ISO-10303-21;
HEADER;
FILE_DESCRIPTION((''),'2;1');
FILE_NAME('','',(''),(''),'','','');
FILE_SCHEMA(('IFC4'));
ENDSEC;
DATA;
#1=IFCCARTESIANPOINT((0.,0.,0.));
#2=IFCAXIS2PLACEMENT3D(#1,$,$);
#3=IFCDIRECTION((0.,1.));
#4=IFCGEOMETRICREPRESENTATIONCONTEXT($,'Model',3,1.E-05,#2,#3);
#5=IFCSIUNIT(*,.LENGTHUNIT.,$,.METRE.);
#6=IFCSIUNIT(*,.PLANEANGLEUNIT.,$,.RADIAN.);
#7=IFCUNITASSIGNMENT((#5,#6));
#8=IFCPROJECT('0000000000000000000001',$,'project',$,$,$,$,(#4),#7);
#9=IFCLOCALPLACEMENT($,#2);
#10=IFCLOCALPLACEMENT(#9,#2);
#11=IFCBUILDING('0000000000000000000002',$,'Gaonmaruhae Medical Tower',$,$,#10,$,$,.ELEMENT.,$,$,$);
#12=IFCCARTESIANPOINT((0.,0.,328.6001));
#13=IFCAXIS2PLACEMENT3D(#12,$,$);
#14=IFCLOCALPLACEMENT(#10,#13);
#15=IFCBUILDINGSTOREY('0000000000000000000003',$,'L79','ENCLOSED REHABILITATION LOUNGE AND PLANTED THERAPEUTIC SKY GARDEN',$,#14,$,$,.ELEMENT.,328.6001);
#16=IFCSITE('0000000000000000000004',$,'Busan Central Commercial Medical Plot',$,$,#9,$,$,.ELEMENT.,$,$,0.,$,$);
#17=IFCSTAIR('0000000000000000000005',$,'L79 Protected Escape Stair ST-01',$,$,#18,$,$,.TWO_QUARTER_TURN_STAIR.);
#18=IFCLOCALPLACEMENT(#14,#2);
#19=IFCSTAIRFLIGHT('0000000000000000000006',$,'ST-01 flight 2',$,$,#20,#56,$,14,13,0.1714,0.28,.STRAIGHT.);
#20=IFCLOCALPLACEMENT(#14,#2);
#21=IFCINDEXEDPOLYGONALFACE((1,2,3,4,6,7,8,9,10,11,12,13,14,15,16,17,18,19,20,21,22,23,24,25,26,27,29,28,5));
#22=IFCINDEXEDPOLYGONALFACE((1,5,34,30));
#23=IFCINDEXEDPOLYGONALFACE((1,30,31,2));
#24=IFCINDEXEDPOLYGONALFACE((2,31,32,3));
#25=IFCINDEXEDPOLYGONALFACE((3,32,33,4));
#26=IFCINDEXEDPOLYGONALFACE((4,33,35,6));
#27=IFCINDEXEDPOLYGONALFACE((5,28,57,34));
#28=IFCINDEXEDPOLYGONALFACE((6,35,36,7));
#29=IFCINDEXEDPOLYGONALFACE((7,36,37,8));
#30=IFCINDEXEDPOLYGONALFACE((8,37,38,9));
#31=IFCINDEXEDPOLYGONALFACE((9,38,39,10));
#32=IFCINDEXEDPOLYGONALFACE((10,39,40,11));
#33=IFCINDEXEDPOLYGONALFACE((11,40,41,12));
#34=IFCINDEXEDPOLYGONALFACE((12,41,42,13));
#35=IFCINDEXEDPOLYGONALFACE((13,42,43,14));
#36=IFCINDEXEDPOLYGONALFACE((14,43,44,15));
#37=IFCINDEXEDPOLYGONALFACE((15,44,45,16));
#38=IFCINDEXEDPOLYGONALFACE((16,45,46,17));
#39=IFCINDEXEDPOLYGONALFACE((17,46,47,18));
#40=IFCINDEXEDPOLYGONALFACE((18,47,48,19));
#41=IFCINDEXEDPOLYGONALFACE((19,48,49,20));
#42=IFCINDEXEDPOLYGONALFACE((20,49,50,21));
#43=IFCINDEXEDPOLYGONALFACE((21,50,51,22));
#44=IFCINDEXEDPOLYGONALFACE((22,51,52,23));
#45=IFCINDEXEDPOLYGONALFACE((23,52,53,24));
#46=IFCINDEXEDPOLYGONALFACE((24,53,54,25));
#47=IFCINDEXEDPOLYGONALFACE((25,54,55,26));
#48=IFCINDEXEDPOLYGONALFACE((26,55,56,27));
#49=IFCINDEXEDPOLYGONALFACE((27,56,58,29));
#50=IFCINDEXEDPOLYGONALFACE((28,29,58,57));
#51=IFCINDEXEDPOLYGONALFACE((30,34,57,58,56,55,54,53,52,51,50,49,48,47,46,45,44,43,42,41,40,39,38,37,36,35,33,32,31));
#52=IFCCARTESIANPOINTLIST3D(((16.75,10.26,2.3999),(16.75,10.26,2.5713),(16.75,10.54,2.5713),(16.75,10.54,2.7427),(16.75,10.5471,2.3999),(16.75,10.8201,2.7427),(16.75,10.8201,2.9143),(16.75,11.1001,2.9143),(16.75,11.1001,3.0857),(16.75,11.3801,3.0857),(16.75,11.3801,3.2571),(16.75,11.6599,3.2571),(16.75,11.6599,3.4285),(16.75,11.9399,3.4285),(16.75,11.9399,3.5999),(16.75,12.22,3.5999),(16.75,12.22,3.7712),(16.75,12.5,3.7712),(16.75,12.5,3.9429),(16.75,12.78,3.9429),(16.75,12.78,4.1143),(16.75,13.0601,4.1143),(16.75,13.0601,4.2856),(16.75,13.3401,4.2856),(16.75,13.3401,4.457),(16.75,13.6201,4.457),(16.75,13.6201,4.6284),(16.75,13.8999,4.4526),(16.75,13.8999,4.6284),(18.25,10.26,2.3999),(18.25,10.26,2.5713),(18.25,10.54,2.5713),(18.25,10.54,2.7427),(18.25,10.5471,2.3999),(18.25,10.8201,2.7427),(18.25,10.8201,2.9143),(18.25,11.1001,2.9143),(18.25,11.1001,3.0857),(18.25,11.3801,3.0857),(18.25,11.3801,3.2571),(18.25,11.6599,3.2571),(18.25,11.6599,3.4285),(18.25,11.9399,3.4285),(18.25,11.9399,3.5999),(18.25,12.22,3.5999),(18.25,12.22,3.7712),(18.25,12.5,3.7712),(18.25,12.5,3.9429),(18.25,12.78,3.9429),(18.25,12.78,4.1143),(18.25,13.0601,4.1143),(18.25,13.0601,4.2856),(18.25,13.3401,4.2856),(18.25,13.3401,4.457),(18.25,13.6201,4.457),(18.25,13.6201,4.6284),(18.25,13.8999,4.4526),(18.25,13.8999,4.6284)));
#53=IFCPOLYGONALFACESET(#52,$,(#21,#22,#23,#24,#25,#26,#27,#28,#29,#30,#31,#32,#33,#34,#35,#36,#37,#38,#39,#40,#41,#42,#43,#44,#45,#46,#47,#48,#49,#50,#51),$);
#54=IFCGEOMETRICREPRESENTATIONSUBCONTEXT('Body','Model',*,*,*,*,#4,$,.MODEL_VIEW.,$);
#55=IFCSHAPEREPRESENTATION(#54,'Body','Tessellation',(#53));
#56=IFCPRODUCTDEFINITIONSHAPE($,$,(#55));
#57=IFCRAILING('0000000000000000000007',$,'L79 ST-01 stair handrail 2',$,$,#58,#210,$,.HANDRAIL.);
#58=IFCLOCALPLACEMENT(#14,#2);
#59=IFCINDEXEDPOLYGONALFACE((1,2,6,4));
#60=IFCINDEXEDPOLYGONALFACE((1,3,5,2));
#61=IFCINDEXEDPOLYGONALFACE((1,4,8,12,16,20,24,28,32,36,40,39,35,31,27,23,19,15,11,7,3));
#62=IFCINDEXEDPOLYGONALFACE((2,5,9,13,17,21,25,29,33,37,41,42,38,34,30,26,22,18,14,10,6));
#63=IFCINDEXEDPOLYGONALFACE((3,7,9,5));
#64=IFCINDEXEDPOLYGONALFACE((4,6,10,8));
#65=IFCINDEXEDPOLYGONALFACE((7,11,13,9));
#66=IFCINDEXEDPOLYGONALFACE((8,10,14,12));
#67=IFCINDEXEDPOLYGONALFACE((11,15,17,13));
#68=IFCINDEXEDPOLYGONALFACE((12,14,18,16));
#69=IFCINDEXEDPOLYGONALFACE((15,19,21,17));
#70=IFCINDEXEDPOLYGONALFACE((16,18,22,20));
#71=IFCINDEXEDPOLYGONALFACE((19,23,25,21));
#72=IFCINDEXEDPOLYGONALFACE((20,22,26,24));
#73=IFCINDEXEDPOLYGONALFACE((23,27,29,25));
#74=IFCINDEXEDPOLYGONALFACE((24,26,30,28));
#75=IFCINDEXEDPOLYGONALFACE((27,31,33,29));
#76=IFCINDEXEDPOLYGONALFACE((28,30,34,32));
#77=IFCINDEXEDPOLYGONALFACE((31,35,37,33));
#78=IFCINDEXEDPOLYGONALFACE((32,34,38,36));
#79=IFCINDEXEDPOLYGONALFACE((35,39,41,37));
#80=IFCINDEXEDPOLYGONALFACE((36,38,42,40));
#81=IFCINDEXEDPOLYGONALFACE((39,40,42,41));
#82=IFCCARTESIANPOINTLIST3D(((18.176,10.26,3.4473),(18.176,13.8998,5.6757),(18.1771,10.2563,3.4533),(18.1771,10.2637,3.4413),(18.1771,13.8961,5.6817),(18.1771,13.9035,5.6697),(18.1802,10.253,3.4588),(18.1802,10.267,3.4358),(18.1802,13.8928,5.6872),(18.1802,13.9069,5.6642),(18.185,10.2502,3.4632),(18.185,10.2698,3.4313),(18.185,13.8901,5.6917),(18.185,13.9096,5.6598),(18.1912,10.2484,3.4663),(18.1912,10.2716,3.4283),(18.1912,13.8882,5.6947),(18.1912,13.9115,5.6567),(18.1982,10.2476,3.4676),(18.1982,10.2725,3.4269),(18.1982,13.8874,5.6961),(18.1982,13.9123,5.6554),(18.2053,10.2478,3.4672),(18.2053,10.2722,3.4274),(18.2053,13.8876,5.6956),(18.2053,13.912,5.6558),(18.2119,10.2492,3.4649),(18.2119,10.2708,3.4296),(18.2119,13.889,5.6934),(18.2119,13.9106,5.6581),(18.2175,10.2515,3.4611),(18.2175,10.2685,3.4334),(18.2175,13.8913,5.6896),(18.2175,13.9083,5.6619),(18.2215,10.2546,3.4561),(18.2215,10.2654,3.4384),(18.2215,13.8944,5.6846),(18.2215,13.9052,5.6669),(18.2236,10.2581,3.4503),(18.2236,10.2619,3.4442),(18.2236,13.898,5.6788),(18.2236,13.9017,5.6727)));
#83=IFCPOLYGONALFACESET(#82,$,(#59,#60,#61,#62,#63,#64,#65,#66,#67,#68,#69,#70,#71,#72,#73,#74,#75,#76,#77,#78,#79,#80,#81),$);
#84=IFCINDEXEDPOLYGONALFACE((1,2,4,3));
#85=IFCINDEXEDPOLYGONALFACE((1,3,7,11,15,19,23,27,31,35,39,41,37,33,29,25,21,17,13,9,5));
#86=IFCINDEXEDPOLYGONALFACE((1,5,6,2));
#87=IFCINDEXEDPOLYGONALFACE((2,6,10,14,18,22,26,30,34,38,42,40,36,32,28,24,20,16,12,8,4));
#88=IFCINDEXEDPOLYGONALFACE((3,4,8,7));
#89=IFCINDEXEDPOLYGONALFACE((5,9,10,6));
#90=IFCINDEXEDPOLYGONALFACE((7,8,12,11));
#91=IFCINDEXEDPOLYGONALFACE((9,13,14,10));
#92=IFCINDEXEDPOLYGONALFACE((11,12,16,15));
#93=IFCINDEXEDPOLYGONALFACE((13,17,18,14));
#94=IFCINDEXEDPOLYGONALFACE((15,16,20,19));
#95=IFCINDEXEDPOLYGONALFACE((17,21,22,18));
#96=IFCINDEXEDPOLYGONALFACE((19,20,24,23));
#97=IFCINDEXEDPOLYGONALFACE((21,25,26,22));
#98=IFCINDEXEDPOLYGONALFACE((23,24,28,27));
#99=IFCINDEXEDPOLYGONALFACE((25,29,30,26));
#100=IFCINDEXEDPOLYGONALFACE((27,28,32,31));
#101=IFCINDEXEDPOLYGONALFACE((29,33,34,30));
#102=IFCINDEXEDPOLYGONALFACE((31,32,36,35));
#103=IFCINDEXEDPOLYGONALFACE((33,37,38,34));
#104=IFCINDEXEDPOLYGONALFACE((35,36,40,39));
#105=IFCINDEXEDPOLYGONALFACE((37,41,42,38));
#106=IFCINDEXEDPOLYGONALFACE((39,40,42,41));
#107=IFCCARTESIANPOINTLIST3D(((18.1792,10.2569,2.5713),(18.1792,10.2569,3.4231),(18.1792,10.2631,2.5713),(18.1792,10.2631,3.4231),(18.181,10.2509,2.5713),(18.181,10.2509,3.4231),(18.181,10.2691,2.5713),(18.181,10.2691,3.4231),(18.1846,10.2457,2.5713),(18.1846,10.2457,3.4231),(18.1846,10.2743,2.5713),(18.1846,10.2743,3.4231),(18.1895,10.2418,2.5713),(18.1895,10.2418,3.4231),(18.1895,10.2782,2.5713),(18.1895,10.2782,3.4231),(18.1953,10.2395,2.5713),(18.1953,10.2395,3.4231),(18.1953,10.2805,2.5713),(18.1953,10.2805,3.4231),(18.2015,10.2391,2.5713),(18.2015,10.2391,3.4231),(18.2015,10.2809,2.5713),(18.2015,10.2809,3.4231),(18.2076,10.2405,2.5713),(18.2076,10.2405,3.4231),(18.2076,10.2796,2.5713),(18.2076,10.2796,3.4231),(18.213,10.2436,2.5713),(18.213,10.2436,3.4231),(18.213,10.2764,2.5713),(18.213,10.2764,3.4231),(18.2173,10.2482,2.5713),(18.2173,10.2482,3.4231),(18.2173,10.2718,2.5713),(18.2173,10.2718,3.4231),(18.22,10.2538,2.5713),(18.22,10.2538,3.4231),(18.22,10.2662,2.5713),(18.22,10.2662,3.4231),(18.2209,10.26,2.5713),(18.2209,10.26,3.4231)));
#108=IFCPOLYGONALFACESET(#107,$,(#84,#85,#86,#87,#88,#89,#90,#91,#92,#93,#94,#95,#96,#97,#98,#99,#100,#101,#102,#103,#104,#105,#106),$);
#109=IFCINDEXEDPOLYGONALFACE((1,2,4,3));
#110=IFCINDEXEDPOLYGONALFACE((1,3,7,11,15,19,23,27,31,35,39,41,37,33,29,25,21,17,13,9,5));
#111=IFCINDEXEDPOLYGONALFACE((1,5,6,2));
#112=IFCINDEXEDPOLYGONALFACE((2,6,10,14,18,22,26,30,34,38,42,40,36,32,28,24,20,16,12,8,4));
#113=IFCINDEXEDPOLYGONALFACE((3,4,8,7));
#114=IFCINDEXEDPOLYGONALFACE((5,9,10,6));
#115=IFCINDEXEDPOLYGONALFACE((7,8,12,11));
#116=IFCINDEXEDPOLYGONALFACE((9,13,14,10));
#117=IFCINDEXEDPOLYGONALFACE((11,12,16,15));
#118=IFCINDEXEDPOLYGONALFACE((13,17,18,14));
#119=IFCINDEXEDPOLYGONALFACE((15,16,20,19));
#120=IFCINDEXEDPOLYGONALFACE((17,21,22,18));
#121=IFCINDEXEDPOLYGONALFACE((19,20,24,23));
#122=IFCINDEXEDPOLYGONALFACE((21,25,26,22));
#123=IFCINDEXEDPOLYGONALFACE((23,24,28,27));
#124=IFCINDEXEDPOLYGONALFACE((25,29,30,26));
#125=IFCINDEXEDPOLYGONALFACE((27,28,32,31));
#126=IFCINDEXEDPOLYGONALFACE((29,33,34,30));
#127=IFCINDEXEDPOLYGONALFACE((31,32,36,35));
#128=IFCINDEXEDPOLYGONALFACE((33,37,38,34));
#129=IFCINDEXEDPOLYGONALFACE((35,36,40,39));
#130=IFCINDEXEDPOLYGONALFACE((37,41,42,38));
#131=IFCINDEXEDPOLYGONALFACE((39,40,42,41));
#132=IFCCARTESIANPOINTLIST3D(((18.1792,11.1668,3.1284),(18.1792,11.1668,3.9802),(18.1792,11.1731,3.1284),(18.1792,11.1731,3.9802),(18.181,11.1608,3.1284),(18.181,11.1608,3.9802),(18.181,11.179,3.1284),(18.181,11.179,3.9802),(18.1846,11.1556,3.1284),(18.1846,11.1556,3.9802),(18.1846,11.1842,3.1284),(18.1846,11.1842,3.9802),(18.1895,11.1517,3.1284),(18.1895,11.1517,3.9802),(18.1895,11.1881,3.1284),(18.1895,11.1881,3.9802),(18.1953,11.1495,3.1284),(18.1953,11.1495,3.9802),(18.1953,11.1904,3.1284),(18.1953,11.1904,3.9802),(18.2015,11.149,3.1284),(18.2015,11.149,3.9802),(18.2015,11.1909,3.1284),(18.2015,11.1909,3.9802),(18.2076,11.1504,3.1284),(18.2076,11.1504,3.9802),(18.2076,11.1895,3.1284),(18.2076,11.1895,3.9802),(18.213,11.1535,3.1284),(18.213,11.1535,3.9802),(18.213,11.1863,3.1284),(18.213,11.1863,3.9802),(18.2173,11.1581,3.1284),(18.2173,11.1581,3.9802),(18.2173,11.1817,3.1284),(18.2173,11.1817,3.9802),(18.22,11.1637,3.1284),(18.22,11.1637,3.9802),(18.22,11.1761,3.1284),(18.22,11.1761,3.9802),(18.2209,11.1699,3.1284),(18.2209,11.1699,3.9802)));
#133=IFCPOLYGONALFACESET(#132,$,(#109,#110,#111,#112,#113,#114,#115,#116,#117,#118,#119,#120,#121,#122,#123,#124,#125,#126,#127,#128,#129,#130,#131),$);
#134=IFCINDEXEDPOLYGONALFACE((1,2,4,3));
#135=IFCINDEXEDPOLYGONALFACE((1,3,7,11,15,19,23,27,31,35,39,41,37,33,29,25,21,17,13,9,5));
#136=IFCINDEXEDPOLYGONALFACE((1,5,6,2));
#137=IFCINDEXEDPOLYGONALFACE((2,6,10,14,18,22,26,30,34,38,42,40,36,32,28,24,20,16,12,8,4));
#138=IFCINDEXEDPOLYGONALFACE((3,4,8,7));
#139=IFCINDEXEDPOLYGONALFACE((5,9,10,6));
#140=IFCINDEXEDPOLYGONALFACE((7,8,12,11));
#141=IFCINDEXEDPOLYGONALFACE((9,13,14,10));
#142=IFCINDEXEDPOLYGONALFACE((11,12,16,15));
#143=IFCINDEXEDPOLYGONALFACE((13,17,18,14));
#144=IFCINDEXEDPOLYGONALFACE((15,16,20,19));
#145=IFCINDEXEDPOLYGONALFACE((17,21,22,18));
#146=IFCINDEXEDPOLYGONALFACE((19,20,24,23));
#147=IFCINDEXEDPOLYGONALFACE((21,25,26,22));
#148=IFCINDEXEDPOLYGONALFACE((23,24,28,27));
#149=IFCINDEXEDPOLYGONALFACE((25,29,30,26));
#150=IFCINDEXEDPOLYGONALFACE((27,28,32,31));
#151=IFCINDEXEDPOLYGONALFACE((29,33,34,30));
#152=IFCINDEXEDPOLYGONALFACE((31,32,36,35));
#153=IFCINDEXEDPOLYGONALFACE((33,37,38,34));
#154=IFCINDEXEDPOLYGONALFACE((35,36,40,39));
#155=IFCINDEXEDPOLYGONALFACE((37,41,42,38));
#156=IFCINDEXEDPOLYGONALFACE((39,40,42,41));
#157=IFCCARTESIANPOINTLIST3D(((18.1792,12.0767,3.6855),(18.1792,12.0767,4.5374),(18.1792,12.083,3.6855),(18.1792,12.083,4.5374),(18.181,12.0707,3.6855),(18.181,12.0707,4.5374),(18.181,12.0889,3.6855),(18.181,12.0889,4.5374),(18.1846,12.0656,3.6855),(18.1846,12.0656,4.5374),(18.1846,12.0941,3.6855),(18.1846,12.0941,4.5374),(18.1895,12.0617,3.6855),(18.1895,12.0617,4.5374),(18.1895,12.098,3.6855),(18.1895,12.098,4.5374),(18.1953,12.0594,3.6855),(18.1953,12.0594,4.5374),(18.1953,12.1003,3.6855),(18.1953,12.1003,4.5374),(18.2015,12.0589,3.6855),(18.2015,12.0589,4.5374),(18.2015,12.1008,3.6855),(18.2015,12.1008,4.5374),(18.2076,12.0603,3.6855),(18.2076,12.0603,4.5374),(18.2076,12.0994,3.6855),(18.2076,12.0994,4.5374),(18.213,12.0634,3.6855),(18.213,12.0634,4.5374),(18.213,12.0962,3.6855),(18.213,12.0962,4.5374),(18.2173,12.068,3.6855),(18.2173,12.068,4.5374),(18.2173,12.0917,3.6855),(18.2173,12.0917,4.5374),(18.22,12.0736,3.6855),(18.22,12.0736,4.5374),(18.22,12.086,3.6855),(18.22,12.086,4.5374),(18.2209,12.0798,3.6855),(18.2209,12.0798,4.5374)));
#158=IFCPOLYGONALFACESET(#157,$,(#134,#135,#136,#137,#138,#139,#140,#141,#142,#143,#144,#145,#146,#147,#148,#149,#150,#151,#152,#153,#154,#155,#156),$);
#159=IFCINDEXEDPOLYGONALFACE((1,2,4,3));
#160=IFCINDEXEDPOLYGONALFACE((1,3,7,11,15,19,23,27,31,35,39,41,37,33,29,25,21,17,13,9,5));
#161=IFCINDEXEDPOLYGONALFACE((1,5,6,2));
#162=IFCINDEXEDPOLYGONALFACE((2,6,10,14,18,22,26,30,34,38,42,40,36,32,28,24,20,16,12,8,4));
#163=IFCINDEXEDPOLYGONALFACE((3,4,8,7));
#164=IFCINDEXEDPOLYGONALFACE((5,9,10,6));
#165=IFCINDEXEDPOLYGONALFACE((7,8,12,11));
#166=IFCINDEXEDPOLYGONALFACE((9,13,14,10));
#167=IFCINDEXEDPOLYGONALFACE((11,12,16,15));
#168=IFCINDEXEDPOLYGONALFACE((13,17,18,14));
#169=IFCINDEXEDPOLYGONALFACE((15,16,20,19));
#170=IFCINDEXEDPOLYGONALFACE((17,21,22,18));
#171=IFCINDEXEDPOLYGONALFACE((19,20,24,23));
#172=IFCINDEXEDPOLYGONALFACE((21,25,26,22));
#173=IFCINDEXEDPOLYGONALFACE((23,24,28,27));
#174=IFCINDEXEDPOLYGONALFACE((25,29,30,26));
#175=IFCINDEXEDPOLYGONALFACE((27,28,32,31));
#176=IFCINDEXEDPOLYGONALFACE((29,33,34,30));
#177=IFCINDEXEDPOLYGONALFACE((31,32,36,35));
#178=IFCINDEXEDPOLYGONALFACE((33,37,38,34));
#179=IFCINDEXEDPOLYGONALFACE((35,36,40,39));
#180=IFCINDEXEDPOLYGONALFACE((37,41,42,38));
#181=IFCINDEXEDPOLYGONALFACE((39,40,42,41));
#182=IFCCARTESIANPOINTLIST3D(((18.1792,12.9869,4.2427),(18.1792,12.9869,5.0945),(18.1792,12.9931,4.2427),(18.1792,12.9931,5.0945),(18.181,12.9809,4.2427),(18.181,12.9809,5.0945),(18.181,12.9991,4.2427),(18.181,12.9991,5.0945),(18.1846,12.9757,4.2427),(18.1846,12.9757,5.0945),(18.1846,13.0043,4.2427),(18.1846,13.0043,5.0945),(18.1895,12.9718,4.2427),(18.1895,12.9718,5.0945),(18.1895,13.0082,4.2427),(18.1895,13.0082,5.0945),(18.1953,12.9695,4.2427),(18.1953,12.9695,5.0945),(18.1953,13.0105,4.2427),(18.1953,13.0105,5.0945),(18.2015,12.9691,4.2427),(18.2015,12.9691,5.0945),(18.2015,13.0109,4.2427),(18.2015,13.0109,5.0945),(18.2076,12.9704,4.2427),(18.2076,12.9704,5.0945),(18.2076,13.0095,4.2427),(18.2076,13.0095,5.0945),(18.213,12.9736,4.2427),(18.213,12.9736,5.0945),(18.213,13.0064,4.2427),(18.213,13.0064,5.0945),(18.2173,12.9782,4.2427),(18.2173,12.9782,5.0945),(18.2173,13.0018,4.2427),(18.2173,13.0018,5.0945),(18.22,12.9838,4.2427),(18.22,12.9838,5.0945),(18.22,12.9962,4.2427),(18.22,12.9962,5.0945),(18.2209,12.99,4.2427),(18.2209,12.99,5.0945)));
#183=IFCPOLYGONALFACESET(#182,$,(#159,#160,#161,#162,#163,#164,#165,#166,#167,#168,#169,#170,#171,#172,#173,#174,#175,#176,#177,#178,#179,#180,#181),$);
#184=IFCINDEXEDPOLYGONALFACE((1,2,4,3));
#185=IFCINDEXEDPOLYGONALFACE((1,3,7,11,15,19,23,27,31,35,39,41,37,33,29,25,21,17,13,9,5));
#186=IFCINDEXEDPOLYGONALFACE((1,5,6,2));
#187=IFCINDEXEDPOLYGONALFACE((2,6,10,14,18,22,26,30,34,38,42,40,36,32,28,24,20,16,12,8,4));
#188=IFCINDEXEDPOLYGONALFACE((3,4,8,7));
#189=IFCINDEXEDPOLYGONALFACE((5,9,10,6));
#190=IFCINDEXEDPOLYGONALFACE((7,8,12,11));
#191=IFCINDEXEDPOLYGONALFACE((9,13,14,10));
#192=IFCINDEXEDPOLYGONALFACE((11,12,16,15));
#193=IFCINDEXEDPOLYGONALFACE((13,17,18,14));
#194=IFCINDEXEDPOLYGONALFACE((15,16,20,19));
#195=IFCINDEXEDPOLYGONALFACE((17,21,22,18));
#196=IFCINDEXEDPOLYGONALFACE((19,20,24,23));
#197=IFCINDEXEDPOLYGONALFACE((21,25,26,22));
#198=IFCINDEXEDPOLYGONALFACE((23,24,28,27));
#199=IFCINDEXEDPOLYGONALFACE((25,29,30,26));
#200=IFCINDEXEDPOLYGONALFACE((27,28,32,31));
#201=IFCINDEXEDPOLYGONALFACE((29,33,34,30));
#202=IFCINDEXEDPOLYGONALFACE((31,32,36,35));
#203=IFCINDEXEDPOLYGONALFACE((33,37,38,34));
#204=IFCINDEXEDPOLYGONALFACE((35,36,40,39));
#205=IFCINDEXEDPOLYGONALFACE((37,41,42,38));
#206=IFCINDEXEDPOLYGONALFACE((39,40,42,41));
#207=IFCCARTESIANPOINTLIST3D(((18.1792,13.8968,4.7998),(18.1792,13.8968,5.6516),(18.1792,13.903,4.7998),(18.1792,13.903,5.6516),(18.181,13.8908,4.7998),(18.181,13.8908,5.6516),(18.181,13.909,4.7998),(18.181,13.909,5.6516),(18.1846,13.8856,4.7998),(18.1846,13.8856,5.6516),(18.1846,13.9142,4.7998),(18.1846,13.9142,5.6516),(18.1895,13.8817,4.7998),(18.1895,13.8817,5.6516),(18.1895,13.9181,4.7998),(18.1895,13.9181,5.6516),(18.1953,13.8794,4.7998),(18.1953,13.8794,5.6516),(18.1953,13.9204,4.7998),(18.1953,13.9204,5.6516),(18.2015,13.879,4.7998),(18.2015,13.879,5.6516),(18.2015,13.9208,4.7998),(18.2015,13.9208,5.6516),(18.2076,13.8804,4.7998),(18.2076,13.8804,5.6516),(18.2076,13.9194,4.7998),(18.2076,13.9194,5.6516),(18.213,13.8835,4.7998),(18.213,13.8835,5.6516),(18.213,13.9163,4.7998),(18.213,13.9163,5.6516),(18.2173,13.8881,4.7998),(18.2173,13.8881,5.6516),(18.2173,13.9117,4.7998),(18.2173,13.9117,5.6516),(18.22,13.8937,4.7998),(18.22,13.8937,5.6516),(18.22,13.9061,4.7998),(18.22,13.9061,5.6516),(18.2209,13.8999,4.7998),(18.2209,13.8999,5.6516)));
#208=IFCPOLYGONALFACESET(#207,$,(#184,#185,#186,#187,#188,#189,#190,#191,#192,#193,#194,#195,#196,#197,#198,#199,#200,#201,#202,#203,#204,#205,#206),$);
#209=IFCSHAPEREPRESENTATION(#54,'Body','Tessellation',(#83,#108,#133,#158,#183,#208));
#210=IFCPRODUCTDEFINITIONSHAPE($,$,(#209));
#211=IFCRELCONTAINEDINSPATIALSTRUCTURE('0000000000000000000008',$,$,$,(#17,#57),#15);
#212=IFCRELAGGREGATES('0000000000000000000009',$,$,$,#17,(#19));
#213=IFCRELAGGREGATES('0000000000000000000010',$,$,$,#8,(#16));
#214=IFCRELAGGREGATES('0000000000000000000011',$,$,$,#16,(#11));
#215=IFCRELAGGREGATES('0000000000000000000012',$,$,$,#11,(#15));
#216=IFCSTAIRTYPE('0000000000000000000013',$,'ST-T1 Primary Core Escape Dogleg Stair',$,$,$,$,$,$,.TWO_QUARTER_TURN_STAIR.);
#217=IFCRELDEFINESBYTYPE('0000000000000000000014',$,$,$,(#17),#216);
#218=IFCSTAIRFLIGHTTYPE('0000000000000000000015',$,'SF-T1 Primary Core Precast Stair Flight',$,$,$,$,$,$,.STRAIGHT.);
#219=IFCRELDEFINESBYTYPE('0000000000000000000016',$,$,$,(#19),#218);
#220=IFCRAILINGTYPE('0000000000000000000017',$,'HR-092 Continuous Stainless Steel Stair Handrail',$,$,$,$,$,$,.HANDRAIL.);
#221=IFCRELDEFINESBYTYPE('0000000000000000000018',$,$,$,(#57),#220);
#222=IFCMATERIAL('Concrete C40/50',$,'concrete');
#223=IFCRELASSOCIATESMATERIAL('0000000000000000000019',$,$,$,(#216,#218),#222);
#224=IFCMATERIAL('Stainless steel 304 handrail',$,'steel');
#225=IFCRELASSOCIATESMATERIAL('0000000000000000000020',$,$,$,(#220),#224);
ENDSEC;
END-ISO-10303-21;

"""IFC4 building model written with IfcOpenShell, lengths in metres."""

from ifc_helpers import new_model, si_unit, direction, frame, origin, origin_2d, place, context, subcontext, project, spatial, polyline, circle, outline, extrude, material, type_object, element, aggregate, save


model = new_model("IFC4")

# Units and contexts
model_context = context("Model", 3, precision=1e-05, world=origin(), true_north=direction((0.0, 1.0)))
body_context = subcontext(model_context, "Body", "Model", "MODEL_VIEW")
ifc_project = project(units=[si_unit("LENGTHUNIT", "METRE"), si_unit("PLANEANGLEUNIT", "RADIAN")], contexts=[model_context])

# Site, building, storey
site_placement = place(None, origin())
site = spatial("IfcSite", under=ifc_project, at=site_placement, Name="Busan Central Commercial Medical Plot", CompositionType="ELEMENT", RefElevation=0.0)
building_placement = place(site_placement, origin())
building = spatial("IfcBuilding", under=site, at=building_placement, Name="Gaonmaruhae Medical Tower", CompositionType="ELEMENT")
storey_placement = place(building_placement, frame((0.0, 0.0, 328.6001)))
storey = spatial("IfcBuildingStorey", under=building, at=storey_placement, Name="L79", Description="ENCLOSED REHABILITATION LOUNGE AND PLANTED THERAPEUTIC SKY GARDEN", CompositionType="ELEMENT", Elevation=328.6001)

# Stair, stair flight
ifc_material_1 = material(Name="Concrete C40/50", Category="concrete")
stair_type = type_object("IfcStairType", Name="ST-T1 Primary Core Escape Dogleg Stair", PredefinedType="TWO_QUARTER_TURN_STAIR", material=ifc_material_1)
stair_placement = place(storey_placement, origin())
stair = element("IfcStair", 1, at=stair_placement, inside=storey, type_object=stair_type, Name="L79 Protected Escape Stair ST-01", PredefinedType="TWO_QUARTER_TURN_STAIR")
stair_flight_type = type_object("IfcStairFlightType", Name="SF-T1 Primary Core Precast Stair Flight", PredefinedType="STRAIGHT", material=ifc_material_1)
stair_flight_placement = place(storey_placement, frame((17.5, 10.26, 2.3999), z_axis=(0.0, 0.0, 1.0), x_axis=(0.0, 1.0, 0.0)))
stair_flight = element("IfcStairFlight", 2, at=stair_flight_placement, type_object=stair_flight_type, Name="ST-01 flight 2", NumberOfRisers=14, NumberOfTreads=13, PredefinedType="STRAIGHT", RiserHeight=0.1714, TreadLength=0.28, context=body_context, shape_type="SweptSolid", body=[
    extrude(outline(polyline([(0.0, 0.0), (0.0, 0.1714), (0.28, 0.1714), (0.28, 0.3428), (0.5601, 0.3428), (0.5601, 0.5144), (0.8401, 0.5144), (0.8401, 0.6858), (1.1201, 0.6858), (1.1201, 0.8572), (1.3999, 0.8572), (1.3999, 1.0286), (1.6799, 1.0286), (1.6799, 1.2), (1.96, 1.2), (1.96, 1.3713), (2.24, 1.3713), (2.24, 1.543), (2.52, 1.543), (2.52, 1.7144), (2.8, 1.7144), (2.8, 1.8857), (3.0801, 1.8857), (3.0801, 2.0571), (3.3601, 2.0571), (3.3601, 2.2285), (3.6399, 2.2285), (3.6399, 2.3999), (3.6399, 2.0527), (0.2871, 0.0), (0.0, 0.0)])), frame((0.0, 0.75, 0.0), z_axis=(0.0, -1.0, 0.0), x_axis=(1.0, 0.0, 0.0)), (0.0, 0.0, 1.0), 1.5),
])
aggregate(stair, [stair_flight])

# Railing
ifc_material_2 = material(Name="Stainless steel 304 handrail", Category="steel")
railing_type_1 = type_object("IfcRailingType", Name="HR-092 Continuous Stainless Steel Stair Handrail", PredefinedType="HANDRAIL", material=ifc_material_2)
railing_1_placement = place(storey_placement, frame((18.2, 10.26, 2.5713)))
element("IfcRailing", 3, at=railing_1_placement, inside=storey, type_object=railing_type_1, Name="L79 ST-01 stair handrail 2", PredefinedType="HANDRAIL", context=body_context, shape_type="SweptSolid", body=[
    extrude(circle(Radius=0.0239, at=origin_2d()), frame((0.0, 0.0, 0.876), z_axis=(0.0, 0.85285, 0.522156), x_axis=(-1.0, 0.0, 0.0)), (0.0, 0.0, 1.0), 4.2678),
    extrude(circle(Radius=0.021, at=origin_2d()), origin(), (0.0, 0.0, 1.0), 0.8518),
    extrude(circle(Radius=0.021, at=origin_2d()), frame((0.0, 0.9099, 0.5571)), (0.0, 0.0, 1.0), 0.8518),
    extrude(circle(Radius=0.021, at=origin_2d()), frame((0.0, 1.8198, 1.1143)), (0.0, 0.0, 1.0), 0.8518),
    extrude(circle(Radius=0.021, at=origin_2d()), frame((0.0, 2.73, 1.6714)), (0.0, 0.0, 1.0), 0.8518),
    extrude(circle(Radius=0.021, at=origin_2d()), frame((0.0, 3.6399, 2.2285)), (0.0, 0.0, 1.0), 0.8518),
])

save(model, "model.ifc")
